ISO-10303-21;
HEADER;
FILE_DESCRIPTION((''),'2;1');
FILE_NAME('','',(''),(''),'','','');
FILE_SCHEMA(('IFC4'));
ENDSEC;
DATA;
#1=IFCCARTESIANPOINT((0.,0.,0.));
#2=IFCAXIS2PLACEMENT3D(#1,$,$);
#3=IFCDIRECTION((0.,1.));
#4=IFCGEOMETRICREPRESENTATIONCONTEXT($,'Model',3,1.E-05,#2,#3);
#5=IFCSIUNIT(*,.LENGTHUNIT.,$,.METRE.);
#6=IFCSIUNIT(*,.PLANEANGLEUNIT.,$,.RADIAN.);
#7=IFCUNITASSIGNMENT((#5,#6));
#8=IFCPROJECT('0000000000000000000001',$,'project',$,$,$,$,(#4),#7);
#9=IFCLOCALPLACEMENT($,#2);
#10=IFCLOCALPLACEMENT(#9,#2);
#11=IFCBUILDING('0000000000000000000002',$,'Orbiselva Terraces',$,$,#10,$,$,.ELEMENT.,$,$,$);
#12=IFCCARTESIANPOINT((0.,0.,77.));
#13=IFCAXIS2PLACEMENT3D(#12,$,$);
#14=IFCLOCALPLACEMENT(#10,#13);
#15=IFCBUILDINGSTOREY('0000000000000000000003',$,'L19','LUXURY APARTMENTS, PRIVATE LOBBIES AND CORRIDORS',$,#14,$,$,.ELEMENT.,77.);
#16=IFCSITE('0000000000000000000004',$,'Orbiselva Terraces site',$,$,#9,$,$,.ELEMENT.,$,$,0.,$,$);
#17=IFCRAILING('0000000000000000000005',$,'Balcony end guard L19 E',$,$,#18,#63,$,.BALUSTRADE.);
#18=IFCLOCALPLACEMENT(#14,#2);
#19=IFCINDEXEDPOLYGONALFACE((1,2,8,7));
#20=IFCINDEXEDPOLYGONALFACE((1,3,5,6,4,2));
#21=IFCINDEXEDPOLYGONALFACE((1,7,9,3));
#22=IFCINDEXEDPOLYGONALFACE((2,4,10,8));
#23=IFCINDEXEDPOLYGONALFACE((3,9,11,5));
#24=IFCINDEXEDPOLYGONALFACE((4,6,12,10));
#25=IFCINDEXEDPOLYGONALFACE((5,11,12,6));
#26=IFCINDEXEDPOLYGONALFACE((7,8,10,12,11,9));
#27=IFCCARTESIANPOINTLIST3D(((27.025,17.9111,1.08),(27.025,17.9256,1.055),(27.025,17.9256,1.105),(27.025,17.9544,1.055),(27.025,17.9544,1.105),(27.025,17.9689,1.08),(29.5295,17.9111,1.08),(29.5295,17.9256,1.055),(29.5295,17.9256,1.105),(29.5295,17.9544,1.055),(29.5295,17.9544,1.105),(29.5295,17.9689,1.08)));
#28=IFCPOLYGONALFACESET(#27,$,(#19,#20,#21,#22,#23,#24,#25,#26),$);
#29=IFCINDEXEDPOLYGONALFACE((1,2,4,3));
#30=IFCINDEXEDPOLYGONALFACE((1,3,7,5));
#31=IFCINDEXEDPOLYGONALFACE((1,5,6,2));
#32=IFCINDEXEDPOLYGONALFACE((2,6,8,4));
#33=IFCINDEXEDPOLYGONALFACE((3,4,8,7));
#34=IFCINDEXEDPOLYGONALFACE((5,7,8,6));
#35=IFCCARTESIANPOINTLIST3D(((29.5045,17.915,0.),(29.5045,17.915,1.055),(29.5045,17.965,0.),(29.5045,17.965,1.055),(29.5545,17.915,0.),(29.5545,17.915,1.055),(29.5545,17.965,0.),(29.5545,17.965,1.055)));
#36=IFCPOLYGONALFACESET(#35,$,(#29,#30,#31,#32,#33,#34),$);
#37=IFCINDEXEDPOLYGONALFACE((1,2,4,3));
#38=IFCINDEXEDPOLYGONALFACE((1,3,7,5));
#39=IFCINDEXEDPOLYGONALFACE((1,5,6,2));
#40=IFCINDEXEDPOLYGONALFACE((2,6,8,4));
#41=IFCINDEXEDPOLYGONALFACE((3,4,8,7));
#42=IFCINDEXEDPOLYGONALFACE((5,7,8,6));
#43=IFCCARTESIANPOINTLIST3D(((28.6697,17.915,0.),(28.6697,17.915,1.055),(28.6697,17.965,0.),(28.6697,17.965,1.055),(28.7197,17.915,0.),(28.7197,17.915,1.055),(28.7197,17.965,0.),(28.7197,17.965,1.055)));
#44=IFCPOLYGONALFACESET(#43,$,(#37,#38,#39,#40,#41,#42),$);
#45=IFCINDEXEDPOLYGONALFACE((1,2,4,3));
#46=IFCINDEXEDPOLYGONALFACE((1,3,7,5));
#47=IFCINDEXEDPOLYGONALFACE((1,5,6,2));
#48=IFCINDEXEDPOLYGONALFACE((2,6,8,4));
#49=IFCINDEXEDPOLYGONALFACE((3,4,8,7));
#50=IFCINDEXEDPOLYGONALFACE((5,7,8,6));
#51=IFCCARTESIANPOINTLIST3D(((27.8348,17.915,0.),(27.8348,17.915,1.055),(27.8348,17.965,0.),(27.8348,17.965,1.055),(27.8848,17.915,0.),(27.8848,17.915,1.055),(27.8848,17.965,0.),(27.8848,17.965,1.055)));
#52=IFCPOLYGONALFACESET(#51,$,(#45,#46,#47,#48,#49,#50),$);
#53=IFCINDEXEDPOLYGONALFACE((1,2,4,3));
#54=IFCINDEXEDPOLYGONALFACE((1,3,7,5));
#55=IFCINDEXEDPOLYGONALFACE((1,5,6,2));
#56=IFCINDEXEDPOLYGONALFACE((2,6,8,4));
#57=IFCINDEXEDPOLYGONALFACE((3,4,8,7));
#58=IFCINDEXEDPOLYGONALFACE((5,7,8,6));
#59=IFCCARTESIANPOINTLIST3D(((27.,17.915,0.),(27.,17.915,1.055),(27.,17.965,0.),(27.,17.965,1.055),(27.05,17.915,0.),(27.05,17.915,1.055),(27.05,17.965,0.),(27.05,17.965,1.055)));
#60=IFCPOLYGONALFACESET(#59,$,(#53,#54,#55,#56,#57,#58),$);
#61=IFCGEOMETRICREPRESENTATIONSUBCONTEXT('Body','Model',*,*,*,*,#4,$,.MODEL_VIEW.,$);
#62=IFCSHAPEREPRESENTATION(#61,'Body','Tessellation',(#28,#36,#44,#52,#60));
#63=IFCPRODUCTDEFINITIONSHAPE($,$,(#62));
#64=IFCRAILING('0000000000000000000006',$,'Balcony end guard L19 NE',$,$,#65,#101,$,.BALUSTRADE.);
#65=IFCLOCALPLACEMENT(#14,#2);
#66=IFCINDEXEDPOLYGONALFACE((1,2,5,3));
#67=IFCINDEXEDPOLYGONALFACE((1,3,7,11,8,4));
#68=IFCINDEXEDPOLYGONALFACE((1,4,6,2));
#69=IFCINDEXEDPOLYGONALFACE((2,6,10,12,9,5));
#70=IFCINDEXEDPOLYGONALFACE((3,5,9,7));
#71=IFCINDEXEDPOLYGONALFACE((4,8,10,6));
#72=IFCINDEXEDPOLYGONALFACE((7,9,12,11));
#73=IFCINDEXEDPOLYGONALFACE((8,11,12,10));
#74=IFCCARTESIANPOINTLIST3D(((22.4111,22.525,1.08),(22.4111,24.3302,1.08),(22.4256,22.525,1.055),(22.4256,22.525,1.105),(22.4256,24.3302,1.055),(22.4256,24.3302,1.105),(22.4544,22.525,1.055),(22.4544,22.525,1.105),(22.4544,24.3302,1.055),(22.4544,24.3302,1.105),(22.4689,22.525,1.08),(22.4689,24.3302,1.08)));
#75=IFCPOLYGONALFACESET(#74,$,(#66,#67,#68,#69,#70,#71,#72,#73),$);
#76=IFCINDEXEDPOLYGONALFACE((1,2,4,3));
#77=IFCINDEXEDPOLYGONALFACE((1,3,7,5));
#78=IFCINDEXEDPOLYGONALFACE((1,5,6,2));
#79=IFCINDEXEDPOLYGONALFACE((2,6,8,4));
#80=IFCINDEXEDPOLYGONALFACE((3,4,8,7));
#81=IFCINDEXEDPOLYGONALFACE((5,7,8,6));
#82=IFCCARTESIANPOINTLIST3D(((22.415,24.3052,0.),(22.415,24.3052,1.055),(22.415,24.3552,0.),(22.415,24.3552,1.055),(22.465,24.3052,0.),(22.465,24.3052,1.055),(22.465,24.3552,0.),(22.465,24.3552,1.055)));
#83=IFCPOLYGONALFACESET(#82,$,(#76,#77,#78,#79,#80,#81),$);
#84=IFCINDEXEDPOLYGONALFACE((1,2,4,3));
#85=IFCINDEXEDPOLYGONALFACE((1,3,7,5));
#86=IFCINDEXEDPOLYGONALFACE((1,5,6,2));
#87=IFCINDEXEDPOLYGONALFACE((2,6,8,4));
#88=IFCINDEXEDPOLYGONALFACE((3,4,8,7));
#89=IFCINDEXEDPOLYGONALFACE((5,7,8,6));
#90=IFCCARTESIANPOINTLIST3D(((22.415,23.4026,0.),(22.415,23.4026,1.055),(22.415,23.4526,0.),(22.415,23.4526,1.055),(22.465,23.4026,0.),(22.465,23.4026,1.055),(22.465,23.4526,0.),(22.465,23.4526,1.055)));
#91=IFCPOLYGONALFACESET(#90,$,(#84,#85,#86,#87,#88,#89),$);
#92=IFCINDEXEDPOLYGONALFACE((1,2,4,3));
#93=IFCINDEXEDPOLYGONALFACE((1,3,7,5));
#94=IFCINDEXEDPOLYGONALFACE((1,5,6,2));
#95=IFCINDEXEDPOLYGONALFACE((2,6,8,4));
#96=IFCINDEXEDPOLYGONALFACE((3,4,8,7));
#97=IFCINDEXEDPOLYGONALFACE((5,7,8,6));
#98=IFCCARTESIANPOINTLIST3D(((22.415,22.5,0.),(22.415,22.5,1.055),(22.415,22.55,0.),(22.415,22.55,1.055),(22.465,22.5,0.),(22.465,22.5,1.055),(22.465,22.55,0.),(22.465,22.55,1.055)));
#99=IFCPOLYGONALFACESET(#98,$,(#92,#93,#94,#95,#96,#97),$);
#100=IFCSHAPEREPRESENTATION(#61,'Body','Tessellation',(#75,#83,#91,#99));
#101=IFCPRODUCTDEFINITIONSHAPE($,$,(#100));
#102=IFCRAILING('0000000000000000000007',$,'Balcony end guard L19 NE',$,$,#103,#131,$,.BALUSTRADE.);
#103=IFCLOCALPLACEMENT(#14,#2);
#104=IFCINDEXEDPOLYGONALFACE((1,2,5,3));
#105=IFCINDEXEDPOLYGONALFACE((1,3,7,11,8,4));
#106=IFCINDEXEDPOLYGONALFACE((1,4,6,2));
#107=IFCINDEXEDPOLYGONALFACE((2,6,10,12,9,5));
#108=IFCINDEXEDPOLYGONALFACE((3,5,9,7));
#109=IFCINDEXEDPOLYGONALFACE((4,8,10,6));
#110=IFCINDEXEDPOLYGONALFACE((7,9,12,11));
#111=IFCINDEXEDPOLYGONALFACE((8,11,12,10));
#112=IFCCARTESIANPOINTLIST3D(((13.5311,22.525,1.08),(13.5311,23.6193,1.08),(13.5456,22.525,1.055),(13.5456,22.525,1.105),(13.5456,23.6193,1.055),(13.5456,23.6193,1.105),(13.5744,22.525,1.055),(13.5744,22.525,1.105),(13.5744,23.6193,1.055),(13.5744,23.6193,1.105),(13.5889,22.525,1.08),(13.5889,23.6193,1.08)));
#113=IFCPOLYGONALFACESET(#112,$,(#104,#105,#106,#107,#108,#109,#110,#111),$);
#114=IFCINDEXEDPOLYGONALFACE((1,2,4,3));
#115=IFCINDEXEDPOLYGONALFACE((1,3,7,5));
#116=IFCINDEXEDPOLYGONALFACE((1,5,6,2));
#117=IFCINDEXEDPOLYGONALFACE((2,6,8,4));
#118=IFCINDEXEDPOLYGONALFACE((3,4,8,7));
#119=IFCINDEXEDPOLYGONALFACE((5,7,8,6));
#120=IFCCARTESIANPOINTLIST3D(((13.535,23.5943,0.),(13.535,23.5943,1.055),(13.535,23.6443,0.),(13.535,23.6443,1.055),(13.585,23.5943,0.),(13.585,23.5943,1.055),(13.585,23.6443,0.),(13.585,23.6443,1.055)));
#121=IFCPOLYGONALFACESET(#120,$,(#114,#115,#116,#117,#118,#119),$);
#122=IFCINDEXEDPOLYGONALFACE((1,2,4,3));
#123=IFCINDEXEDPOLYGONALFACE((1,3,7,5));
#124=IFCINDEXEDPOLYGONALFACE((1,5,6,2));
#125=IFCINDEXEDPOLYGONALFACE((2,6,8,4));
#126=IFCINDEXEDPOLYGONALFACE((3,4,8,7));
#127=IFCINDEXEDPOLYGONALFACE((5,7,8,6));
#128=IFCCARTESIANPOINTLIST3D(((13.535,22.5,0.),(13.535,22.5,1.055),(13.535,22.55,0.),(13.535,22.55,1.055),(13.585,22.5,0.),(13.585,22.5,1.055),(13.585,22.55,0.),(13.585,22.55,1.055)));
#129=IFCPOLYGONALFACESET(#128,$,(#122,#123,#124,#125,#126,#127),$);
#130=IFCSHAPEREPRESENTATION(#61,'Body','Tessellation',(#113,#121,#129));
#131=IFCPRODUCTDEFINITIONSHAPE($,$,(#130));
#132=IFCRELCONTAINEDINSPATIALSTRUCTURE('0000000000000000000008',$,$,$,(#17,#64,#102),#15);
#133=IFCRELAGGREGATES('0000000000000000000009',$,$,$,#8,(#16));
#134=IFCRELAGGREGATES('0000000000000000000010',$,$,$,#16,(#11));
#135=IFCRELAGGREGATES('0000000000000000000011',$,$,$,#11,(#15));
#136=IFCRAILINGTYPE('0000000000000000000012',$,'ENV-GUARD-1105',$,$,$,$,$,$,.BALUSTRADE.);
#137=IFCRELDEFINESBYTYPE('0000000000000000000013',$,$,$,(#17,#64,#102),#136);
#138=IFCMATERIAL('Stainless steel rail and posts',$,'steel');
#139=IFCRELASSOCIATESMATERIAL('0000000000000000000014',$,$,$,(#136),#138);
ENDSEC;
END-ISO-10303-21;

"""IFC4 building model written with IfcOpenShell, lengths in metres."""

from ifc_helpers import new_model, si_unit, direction, frame, origin, origin_2d, place, context, subcontext, project, spatial, polyline, rectangle, outline, extrude, material, type_object, element, save


model = new_model("IFC4")

# Units and contexts
model_context = context("Model", 3, precision=1e-05, world=origin(), true_north=direction((0.0, 1.0)))
body_context = subcontext(model_context, "Body", "Model", "MODEL_VIEW")
ifc_project = project(units=[si_unit("LENGTHUNIT", "METRE"), si_unit("PLANEANGLEUNIT", "RADIAN")], contexts=[model_context])

# Site, building, storey
site_placement = place(None, origin())
site = spatial("IfcSite", under=ifc_project, at=site_placement, Name="Orbiselva Terraces site", CompositionType="ELEMENT", RefElevation=0.0)
building_placement = place(site_placement, origin())
building = spatial("IfcBuilding", under=site, at=building_placement, Name="Orbiselva Terraces", CompositionType="ELEMENT")
storey_placement = place(building_placement, frame((0.0, 0.0, 77.0)))
storey = spatial("IfcBuildingStorey", under=building, at=storey_placement, Name="L19", Description="LUXURY APARTMENTS, PRIVATE LOBBIES AND CORRIDORS", CompositionType="ELEMENT", Elevation=77.0)

# Railings
ifc_material_1 = material(Name="Stainless steel rail and posts", Category="steel")
railing_type_1 = type_object("IfcRailingType", Name="ENV-GUARD-1105", PredefinedType="BALUSTRADE", material=ifc_material_1)
railing_1_placement = place(storey_placement, frame((29.5295, 17.94, 0.0)))
element("IfcRailing", 1, at=railing_1_placement, inside=storey, type_object=railing_type_1, Name="Balcony end guard L19 E", PredefinedType="BALUSTRADE", context=body_context, shape_type="SweptSolid", body=[
    extrude(outline(polyline([(0.0289, 0.0), (0.0144, 0.025), (-0.0144, 0.025), (-0.0289, 0.0), (-0.0144, -0.025), (0.0144, -0.025), (0.0289, 0.0)])), frame((0.0, 0.0, 1.08), z_axis=(-1.0, 0.0, 0.0), x_axis=(0.0, -1.0, 0.0)), (0.0, 0.0, 1.0), 2.5045),
    extrude(rectangle(XDim=0.05, YDim=0.05, at=origin_2d()), origin(), (0.0, 0.0, 1.0), 1.055),
    extrude(rectangle(XDim=0.05, YDim=0.05, at=origin_2d()), frame((-0.8348, 0.0, 0.0)), (0.0, 0.0, 1.0), 1.055),
    extrude(rectangle(XDim=0.05, YDim=0.05, at=origin_2d()), frame((-1.6697, 0.0, 0.0)), (0.0, 0.0, 1.0), 1.055),
    extrude(rectangle(XDim=0.05, YDim=0.05, at=origin_2d()), frame((-2.5045, 0.0, 0.0)), (0.0, 0.0, 1.0), 1.055),
])
railing_2_placement = place(storey_placement, frame((22.44, 24.3302, 0.0)))
element("IfcRailing", 2, at=railing_2_placement, inside=storey, type_object=railing_type_1, Name="Balcony end guard L19 NE", PredefinedType="BALUSTRADE", context=body_context, shape_type="SweptSolid", body=[
    extrude(outline(polyline([(0.0289, 0.0), (0.0144, 0.025), (-0.0144, 0.025), (-0.0289, 0.0), (-0.0144, -0.025), (0.0144, -0.025), (0.0289, 0.0)])), frame((0.0, 0.0, 1.08), z_axis=(0.0, -1.0, 0.0), x_axis=(1.0, 0.0, 0.0)), (0.0, 0.0, 1.0), 1.8052),
    extrude(rectangle(XDim=0.05, YDim=0.05, at=origin_2d()), origin(), (0.0, 0.0, 1.0), 1.055),
    extrude(rectangle(XDim=0.05, YDim=0.05, at=origin_2d()), frame((0.0, -0.9026, 0.0)), (0.0, 0.0, 1.0), 1.055),
    extrude(rectangle(XDim=0.05, YDim=0.05, at=origin_2d()), frame((0.0, -1.8052, 0.0)), (0.0, 0.0, 1.0), 1.055),
])
railing_3_placement = place(storey_placement, frame((13.56, 23.6193, 0.0)))
element("IfcRailing", 3, at=railing_3_placement, inside=storey, type_object=railing_type_1, Name="Balcony end guard L19 NE", PredefinedType="BALUSTRADE", context=body_context, shape_type="SweptSolid", body=[
    extrude(outline(polyline([(0.0289, 0.0), (0.0144, 0.025), (-0.0144, 0.025), (-0.0289, 0.0), (-0.0144, -0.025), (0.0144, -0.025), (0.0289, 0.0)])), frame((0.0, 0.0, 1.08), z_axis=(0.0, -1.0, 0.0), x_axis=(1.0, 0.0, 0.0)), (0.0, 0.0, 1.0), 1.0943),
    extrude(rectangle(XDim=0.05, YDim=0.05, at=origin_2d()), origin(), (0.0, 0.0, 1.0), 1.055),
    extrude(rectangle(XDim=0.05, YDim=0.05, at=origin_2d()), frame((0.0, -1.0943, 0.0)), (0.0, 0.0, 1.0), 1.055),
])

save(model, "model.ifc")
